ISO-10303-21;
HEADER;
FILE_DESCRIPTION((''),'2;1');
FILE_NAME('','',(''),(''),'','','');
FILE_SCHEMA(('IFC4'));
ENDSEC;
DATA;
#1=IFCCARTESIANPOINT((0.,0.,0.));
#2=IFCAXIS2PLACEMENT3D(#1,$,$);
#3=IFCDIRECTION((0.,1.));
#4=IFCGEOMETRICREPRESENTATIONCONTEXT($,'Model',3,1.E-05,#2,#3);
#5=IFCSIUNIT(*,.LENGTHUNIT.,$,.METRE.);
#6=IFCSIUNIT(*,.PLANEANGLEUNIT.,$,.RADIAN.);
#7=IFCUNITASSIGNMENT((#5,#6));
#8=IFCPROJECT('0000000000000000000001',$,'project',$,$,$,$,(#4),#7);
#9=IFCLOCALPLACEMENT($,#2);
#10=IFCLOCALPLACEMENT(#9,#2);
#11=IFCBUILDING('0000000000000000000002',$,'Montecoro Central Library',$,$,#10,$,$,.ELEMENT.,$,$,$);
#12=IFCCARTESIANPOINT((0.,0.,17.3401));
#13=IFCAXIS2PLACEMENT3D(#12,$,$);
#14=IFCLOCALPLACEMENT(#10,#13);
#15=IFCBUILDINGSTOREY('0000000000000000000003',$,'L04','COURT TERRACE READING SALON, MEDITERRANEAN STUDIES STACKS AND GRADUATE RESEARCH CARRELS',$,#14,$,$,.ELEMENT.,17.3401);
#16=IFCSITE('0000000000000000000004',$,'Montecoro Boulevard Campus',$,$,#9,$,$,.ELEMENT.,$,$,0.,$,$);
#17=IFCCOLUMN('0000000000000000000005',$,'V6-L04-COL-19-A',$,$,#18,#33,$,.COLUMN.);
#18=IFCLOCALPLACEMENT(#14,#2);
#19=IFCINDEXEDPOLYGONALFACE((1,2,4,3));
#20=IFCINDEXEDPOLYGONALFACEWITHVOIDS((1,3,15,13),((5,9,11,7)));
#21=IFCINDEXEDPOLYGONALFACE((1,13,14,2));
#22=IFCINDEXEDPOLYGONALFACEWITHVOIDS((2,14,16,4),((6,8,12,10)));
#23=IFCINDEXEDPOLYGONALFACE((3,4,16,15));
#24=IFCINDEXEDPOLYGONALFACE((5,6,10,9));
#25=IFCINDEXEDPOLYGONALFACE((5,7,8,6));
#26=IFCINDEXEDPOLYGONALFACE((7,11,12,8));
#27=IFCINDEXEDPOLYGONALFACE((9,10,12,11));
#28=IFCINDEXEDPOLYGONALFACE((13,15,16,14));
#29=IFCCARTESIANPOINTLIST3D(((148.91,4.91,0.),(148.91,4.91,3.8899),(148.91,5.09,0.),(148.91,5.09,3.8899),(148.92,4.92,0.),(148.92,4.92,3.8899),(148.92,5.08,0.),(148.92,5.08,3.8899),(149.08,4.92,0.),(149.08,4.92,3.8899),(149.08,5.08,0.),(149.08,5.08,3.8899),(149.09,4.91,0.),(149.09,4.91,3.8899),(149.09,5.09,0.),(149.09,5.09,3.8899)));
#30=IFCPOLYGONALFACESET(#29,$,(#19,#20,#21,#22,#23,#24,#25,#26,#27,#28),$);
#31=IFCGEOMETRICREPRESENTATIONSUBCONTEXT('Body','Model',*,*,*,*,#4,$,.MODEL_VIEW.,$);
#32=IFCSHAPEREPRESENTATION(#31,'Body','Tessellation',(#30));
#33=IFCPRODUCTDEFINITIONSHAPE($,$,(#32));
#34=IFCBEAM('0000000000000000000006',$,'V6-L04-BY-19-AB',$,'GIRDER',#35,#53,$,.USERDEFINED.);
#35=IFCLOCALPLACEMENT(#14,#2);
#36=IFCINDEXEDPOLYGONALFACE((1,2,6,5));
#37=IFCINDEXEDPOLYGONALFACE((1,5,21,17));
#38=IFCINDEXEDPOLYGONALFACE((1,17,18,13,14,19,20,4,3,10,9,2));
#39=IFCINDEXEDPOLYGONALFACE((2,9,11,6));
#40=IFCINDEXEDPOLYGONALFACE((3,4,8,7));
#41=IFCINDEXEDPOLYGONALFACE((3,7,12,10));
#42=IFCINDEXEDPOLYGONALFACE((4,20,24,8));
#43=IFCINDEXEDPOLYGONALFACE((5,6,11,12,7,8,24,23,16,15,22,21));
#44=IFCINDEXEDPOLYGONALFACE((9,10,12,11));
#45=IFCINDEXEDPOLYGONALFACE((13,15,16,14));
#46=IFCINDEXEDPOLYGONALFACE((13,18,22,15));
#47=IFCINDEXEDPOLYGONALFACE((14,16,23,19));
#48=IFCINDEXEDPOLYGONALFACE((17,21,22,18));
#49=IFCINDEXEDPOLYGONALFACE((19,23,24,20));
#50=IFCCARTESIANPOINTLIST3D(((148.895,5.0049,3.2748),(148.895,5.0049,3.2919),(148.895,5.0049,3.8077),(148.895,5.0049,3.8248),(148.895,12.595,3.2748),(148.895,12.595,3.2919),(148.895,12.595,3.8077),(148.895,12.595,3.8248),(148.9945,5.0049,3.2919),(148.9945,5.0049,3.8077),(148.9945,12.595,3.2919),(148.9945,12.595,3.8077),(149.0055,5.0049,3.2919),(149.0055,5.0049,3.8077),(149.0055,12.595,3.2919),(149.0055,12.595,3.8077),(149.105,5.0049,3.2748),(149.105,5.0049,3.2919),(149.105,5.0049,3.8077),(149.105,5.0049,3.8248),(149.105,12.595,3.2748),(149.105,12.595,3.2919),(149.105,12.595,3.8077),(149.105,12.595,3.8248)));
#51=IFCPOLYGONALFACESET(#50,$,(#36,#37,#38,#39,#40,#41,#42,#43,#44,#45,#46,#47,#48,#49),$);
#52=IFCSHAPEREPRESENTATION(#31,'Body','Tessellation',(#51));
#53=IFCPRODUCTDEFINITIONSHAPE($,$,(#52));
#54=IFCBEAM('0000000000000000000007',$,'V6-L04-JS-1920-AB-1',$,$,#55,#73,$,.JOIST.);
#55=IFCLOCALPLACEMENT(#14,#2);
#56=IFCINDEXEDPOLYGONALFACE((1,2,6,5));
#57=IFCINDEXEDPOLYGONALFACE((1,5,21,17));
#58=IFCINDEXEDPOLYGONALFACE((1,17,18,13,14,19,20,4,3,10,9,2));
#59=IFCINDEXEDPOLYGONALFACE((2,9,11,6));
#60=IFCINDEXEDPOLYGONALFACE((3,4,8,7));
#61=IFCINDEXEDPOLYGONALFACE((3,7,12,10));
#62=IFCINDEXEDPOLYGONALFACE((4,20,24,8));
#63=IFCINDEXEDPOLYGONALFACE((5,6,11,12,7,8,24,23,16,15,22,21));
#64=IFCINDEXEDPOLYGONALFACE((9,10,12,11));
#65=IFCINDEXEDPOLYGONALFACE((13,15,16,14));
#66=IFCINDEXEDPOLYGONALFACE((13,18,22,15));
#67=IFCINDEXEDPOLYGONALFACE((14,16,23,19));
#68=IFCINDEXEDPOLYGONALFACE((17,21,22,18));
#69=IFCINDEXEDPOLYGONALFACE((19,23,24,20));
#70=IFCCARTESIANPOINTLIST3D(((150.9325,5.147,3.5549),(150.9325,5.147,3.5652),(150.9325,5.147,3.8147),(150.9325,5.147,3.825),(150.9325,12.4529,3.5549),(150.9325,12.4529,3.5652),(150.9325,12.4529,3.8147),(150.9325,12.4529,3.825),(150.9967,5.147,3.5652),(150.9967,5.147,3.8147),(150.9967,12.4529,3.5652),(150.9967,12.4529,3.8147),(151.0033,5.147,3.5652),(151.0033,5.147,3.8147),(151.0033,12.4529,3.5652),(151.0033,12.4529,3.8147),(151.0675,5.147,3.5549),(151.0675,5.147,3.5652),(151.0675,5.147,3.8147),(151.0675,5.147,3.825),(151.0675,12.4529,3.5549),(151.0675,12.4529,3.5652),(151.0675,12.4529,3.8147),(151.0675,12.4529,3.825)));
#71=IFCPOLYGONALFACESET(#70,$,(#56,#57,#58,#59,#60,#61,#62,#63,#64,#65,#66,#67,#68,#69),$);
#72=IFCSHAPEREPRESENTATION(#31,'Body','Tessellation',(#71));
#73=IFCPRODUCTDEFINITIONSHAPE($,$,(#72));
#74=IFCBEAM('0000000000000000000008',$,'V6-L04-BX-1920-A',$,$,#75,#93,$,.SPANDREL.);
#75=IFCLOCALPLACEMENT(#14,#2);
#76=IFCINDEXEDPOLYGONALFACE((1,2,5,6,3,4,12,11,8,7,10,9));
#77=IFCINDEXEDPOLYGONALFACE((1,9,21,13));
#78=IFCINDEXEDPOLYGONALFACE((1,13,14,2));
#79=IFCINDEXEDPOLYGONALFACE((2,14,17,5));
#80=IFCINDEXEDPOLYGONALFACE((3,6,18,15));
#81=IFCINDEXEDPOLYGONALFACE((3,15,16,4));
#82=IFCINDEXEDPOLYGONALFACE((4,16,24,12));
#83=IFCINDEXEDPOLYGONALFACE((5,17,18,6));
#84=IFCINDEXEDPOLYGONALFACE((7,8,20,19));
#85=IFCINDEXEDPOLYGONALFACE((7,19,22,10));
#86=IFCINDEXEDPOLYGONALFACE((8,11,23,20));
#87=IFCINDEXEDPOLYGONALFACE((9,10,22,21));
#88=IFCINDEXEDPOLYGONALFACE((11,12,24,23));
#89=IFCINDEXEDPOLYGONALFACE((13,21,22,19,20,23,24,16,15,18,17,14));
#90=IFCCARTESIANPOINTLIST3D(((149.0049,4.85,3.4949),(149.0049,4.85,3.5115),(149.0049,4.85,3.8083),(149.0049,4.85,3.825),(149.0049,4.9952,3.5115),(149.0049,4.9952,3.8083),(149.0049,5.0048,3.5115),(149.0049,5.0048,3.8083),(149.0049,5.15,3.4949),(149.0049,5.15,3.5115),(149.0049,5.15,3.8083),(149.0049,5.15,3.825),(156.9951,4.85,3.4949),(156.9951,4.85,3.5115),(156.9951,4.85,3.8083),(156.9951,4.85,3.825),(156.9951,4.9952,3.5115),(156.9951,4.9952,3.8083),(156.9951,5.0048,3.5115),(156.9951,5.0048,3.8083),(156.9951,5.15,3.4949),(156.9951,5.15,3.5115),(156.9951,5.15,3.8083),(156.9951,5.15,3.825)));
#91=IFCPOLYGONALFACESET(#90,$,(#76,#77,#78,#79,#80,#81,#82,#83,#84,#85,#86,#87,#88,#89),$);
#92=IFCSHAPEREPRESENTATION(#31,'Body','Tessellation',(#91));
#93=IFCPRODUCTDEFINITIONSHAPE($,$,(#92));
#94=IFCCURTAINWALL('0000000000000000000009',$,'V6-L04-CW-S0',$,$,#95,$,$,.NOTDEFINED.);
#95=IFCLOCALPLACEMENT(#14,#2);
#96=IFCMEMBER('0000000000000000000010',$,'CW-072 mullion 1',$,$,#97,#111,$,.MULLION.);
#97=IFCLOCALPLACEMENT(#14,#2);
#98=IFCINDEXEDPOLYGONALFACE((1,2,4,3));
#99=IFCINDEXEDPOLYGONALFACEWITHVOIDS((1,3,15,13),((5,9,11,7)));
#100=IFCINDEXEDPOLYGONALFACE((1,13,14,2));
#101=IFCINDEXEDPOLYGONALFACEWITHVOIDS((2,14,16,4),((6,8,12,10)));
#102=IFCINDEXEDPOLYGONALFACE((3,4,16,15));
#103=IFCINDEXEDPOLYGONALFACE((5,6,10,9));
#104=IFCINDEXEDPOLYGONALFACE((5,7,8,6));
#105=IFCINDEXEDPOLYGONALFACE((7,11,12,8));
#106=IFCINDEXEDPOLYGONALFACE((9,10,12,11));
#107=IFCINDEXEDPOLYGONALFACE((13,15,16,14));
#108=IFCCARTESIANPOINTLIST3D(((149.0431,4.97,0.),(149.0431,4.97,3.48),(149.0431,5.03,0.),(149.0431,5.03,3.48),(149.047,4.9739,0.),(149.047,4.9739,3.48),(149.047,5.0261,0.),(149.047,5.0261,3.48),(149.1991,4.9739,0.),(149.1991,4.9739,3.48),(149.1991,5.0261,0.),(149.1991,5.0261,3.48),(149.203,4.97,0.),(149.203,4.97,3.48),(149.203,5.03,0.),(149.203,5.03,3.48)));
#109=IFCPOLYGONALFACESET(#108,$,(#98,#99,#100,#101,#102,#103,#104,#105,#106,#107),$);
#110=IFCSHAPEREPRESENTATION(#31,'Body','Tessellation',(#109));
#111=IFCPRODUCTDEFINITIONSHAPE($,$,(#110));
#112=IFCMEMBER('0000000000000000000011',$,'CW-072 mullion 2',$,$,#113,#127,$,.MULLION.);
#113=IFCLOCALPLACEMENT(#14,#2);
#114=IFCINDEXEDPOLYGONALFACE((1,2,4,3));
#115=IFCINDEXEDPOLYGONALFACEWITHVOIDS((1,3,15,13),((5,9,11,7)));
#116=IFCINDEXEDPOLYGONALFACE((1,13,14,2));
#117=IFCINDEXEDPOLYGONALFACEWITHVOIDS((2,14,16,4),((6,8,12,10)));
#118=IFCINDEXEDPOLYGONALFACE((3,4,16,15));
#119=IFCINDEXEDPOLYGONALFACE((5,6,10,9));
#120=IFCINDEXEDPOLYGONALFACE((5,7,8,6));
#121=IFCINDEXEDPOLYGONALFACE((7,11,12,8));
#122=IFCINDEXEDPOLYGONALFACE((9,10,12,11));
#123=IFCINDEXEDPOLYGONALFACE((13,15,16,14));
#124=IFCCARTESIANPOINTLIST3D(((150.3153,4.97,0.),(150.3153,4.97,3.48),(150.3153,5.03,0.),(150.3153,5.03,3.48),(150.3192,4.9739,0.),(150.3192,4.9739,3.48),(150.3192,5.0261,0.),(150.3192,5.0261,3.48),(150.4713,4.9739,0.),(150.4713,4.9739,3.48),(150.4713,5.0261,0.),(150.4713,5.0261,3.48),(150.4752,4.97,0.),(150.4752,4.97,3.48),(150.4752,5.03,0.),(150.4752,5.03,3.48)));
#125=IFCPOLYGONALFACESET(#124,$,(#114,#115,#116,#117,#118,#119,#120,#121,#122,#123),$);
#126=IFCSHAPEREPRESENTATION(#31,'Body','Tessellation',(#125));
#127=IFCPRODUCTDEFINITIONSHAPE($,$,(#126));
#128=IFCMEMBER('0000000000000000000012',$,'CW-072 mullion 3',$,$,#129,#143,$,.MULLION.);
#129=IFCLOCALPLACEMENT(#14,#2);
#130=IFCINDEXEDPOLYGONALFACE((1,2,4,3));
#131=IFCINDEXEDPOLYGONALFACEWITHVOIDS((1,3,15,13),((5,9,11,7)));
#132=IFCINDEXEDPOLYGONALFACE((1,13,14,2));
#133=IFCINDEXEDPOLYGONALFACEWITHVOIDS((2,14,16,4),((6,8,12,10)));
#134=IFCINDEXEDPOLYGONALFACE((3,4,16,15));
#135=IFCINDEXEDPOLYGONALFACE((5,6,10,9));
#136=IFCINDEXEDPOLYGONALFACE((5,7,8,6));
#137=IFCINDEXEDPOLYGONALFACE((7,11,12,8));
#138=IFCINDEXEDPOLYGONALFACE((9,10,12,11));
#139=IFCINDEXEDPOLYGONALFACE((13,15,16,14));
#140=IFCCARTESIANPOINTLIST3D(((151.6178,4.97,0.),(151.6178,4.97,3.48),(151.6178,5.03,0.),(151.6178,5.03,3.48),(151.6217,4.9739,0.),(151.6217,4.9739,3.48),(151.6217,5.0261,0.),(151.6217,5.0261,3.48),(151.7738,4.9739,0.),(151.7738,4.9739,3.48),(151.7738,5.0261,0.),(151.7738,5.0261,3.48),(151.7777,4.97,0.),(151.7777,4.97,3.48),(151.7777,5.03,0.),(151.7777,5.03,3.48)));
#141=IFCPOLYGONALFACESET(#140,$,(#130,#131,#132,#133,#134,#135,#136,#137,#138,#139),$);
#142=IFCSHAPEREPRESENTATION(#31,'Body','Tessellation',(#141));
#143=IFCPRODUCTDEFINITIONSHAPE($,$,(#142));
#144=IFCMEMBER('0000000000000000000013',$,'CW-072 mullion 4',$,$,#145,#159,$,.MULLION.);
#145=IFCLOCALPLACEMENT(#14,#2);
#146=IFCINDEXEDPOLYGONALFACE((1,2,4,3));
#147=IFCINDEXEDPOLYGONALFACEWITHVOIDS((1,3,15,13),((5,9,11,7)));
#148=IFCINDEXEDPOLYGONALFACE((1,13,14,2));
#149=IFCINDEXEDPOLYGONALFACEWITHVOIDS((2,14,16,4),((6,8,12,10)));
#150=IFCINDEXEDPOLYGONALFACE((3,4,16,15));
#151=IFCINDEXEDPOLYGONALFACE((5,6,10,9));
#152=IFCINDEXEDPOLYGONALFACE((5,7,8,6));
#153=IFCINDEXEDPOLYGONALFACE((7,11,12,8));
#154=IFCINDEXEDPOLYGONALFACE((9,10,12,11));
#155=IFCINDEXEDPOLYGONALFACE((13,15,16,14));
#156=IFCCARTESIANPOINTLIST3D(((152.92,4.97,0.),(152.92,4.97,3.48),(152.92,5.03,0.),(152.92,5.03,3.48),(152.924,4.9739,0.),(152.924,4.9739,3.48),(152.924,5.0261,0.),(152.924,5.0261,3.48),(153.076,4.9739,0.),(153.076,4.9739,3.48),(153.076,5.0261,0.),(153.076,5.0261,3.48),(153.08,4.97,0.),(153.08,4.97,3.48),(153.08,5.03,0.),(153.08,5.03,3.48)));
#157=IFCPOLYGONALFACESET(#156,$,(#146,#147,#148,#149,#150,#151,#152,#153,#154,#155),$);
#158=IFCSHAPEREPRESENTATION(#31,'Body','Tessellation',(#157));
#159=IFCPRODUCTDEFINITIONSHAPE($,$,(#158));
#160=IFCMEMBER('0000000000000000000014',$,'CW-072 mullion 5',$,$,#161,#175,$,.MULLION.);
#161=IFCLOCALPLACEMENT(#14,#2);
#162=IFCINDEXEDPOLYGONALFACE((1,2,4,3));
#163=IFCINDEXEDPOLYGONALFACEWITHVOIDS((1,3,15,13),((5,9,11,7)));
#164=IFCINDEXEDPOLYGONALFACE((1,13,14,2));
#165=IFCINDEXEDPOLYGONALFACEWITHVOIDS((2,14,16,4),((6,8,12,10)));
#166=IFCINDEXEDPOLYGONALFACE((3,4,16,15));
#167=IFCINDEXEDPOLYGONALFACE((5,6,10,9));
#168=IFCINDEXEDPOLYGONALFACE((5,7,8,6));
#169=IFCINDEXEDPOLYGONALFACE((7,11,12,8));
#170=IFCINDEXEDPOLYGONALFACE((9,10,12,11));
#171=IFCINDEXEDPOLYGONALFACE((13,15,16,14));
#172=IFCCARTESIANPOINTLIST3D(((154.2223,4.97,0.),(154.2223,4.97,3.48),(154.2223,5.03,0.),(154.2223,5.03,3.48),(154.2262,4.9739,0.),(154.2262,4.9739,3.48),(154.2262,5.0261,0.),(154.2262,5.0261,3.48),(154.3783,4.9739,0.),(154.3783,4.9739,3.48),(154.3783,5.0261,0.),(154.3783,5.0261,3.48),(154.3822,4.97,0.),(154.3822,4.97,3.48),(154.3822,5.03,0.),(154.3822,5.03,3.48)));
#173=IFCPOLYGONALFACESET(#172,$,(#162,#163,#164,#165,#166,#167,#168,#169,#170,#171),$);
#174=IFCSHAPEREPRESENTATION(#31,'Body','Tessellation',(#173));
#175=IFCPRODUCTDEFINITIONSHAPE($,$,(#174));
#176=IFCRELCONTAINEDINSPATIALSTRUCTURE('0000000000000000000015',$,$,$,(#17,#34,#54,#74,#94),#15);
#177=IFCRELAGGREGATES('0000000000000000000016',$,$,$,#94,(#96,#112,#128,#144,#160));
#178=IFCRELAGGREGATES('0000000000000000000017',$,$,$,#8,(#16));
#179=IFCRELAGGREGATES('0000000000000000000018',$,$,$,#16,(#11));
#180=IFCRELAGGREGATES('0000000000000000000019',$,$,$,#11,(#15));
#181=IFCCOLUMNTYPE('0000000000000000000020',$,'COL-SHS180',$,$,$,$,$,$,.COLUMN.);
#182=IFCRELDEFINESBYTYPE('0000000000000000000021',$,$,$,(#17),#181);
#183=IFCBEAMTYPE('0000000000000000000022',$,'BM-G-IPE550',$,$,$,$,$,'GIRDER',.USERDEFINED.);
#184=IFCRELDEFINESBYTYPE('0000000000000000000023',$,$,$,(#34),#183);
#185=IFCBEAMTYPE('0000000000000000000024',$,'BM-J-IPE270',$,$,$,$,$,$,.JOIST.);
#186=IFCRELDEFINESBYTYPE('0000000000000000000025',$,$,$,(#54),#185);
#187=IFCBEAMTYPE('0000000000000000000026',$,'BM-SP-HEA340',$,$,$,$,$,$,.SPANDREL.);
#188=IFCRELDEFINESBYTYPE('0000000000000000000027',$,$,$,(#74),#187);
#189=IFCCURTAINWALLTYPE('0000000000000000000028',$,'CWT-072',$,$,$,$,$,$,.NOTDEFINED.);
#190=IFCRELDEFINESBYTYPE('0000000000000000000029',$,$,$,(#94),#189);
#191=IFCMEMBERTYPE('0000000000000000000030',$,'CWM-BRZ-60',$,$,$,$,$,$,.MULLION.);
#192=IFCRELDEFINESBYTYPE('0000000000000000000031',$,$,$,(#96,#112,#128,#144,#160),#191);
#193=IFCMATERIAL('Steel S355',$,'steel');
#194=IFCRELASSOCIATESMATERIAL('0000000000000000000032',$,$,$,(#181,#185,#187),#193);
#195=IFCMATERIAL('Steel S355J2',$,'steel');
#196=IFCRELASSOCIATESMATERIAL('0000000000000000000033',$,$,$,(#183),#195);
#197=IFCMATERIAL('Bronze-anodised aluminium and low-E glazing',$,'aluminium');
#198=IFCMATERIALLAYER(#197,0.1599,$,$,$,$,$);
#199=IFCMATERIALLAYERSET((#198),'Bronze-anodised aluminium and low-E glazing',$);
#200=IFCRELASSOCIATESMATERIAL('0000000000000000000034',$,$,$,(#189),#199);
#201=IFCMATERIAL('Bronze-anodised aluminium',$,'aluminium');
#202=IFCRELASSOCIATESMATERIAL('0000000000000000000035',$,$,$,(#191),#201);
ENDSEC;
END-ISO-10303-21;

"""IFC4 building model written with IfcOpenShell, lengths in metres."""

from ifc_helpers import new_model, si_unit, direction, frame, origin, origin_2d, place, context, subcontext, project, spatial, hollow_rectangle, i_section, extrude, material, layer, layer_set, material_profile, profile_set, type_object, element, aggregate, save


model = new_model("IFC4")

# Units and contexts
model_context = context("Model", 3, precision=1e-05, world=origin(), true_north=direction((0.0, 1.0)))
body_context = subcontext(model_context, "Body", "Model", "MODEL_VIEW")
ifc_project = project(units=[si_unit("LENGTHUNIT", "METRE"), si_unit("PLANEANGLEUNIT", "RADIAN")], contexts=[model_context])

# Site, building, storey
site_placement = place(None, origin())
site = spatial("IfcSite", under=ifc_project, at=site_placement, Name="Montecoro Boulevard Campus", CompositionType="ELEMENT", RefElevation=0.0)
building_placement = place(site_placement, origin())
building = spatial("IfcBuilding", under=site, at=building_placement, Name="Montecoro Central Library", CompositionType="ELEMENT")
storey_placement = place(building_placement, frame((0.0, 0.0, 17.3401)))
storey = spatial("IfcBuildingStorey", under=building, at=storey_placement, Name="L04", Description="COURT TERRACE READING SALON, MEDITERRANEAN STUDIES STACKS AND GRADUATE RESEARCH CARRELS", CompositionType="ELEMENT", Elevation=17.3401)

# Column
ifc_material_1 = material(Name="Steel S355", Category="steel")
ifc_material_profile_1 = material_profile(ifc_material_1, hollow_rectangle(XDim=0.1799, YDim=0.1799, WallThickness=0.01, at=origin_2d()), Name="SHS 180x180x10.0")
ifc_profile_set_1 = profile_set([ifc_material_profile_1], Name="Steel S355")
column_type = type_object("IfcColumnType", Name="COL-SHS180", PredefinedType="COLUMN", material=ifc_profile_set_1)
column_placement = place(storey_placement, frame((149.0, 5.0, 0.0), z_axis=(0.0, 0.0, 1.0), x_axis=(1.0, 0.0, 0.0)))
element("IfcColumn", 1, at=column_placement, inside=storey, type_object=column_type, Name="V6-L04-COL-19-A", PredefinedType="COLUMN", context=body_context, shape_type="SweptSolid", body=[
    extrude(hollow_rectangle(XDim=0.1799, YDim=0.1799, WallThickness=0.01, at=origin_2d()), origin(), (0.0, 0.0, 1.0), 3.8899),
])

# Beams
ifc_material_2 = material(Name="Steel S355J2", Category="steel")
ifc_material_profile_2 = material_profile(ifc_material_2, i_section(OverallWidth=0.21, OverallDepth=0.55, WebThickness=0.011, FlangeThickness=0.0171, at=origin_2d()), Name="IPE 550")
ifc_profile_set_2 = profile_set([ifc_material_profile_2], Name="Steel S355J2")
beam_type_1 = type_object("IfcBeamType", Name="BM-G-IPE550", ElementType="GIRDER", PredefinedType="USERDEFINED", material=ifc_profile_set_2)
beam_1_placement = place(storey_placement, frame((149.0, 5.0049, 3.5498), z_axis=(0.0, 1.0, 0.0), x_axis=(-1.0, 0.0, 0.0)))
element("IfcBeam", 2, at=beam_1_placement, inside=storey, type_object=beam_type_1, Name="V6-L04-BY-19-AB", ObjectType="GIRDER", PredefinedType="USERDEFINED", context=body_context, shape_type="SweptSolid", body=[
    extrude(i_section(OverallWidth=0.21, OverallDepth=0.55, WebThickness=0.011, FlangeThickness=0.0171, at=origin_2d()), origin(), (0.0, 0.0, 1.0), 7.5901),
])
ifc_material_profile_3 = material_profile(ifc_material_1, i_section(OverallWidth=0.135, OverallDepth=0.27, WebThickness=0.0066, FlangeThickness=0.0103, at=origin_2d()), Name="IPE 270")
ifc_profile_set_3 = profile_set([ifc_material_profile_3], Name="Steel S355")
beam_type_2 = type_object("IfcBeamType", Name="BM-J-IPE270", PredefinedType="JOIST", material=ifc_profile_set_3)
beam_2_placement = place(storey_placement, frame((151.0, 5.147, 3.6899), z_axis=(0.0, 1.0, 0.0), x_axis=(-1.0, 0.0, 0.0)))
element("IfcBeam", 3, at=beam_2_placement, inside=storey, type_object=beam_type_2, Name="V6-L04-JS-1920-AB-1", PredefinedType="JOIST", context=body_context, shape_type="SweptSolid", body=[
    extrude(i_section(OverallWidth=0.135, OverallDepth=0.27, WebThickness=0.0066, FlangeThickness=0.0103, at=origin_2d()), origin(), (0.0, 0.0, 1.0), 7.3059),
])
ifc_material_profile_4 = material_profile(ifc_material_1, i_section(OverallWidth=0.3, OverallDepth=0.3301, WebThickness=0.0095, FlangeThickness=0.0166, at=origin_2d()), Name="HEA 340")
ifc_profile_set_4 = profile_set([ifc_material_profile_4], Name="Steel S355")
beam_type_3 = type_object("IfcBeamType", Name="BM-SP-HEA340", PredefinedType="SPANDREL", material=ifc_profile_set_4)
beam_3_placement = place(storey_placement, frame((149.0049, 5.0, 3.6599), z_axis=(1.0, 0.0, 0.0), x_axis=(0.0, 1.0, 0.0)))
element("IfcBeam", 4, at=beam_3_placement, inside=storey, type_object=beam_type_3, Name="V6-L04-BX-1920-A", PredefinedType="SPANDREL", context=body_context, shape_type="SweptSolid", body=[
    extrude(i_section(OverallWidth=0.3, OverallDepth=0.3301, WebThickness=0.0095, FlangeThickness=0.0166, at=origin_2d()), origin(), (0.0, 0.0, 1.0), 7.9902),
])

# Curtain wall, members
ifc_material_3 = material(Name="Bronze-anodised aluminium and low-E glazing", Category="aluminium")
ifc_layer_1 = layer(ifc_material_3, 0.1599)
ifc_layer_set_1 = layer_set([ifc_layer_1], Name="Bronze-anodised aluminium and low-E glazing")
curtain_wall_type = type_object("IfcCurtainWallType", Name="CWT-072", PredefinedType="NOTDEFINED", material=ifc_layer_set_1)
curtain_wall_placement = place(storey_placement, origin())
curtain_wall = element("IfcCurtainWall", 5, at=curtain_wall_placement, inside=storey, type_object=curtain_wall_type, Name="V6-L04-CW-S0", PredefinedType="NOTDEFINED")
ifc_material_4 = material(Name="Bronze-anodised aluminium", Category="aluminium")
ifc_material_profile_5 = material_profile(ifc_material_4, hollow_rectangle(XDim=0.0601, YDim=0.1599, WallThickness=0.0039, at=origin_2d()), Name="CWM 160x60x4.0")
ifc_profile_set_5 = profile_set([ifc_material_profile_5], Name="Bronze-anodised aluminium")
member_type_1 = type_object("IfcMemberType", Name="CWM-BRZ-60", PredefinedType="MULLION", material=ifc_profile_set_5)
member_1_placement = place(storey_placement, frame((149.123, 5.0, 0.0), z_axis=(0.0, 0.0, 1.0), x_axis=(0.0, 1.0, 0.0)))
member_1 = element("IfcMember", 6, at=member_1_placement, type_object=member_type_1, Name="CW-072 mullion 1", PredefinedType="MULLION", context=body_context, shape_type="SweptSolid", body=[
    extrude(hollow_rectangle(XDim=0.0601, YDim=0.1599, WallThickness=0.0039, at=origin_2d()), origin(), (0.0, 0.0, 1.0), 3.48),
])
member_2_placement = place(storey_placement, frame((150.3953, 5.0, 0.0), z_axis=(0.0, 0.0, 1.0), x_axis=(0.0, 1.0, 0.0)))
member_2 = element("IfcMember", 7, at=member_2_placement, type_object=member_type_1, Name="CW-072 mullion 2", PredefinedType="MULLION", context=body_context, shape_type="SweptSolid", body=[
    extrude(hollow_rectangle(XDim=0.0601, YDim=0.1599, WallThickness=0.0039, at=origin_2d()), origin(), (0.0, 0.0, 1.0), 3.48),
])
member_3_placement = place(storey_placement, frame((151.6978, 5.0, 0.0), z_axis=(0.0, 0.0, 1.0), x_axis=(0.0, 1.0, 0.0)))
member_3 = element("IfcMember", 8, at=member_3_placement, type_object=member_type_1, Name="CW-072 mullion 3", PredefinedType="MULLION", context=body_context, shape_type="SweptSolid", body=[
    extrude(hollow_rectangle(XDim=0.0601, YDim=0.1599, WallThickness=0.0039, at=origin_2d()), origin(), (0.0, 0.0, 1.0), 3.48),
])
member_4_placement = place(storey_placement, frame((153.0, 5.0, 0.0), z_axis=(0.0, 0.0, 1.0), x_axis=(0.0, 1.0, 0.0)))
member_4 = element("IfcMember", 9, at=member_4_placement, type_object=member_type_1, Name="CW-072 mullion 4", PredefinedType="MULLION", context=body_context, shape_type="SweptSolid", body=[
    extrude(hollow_rectangle(XDim=0.0601, YDim=0.1599, WallThickness=0.0039, at=origin_2d()), origin(), (0.0, 0.0, 1.0), 3.48),
])
member_5_placement = place(storey_placement, frame((154.3022, 5.0, 0.0), z_axis=(0.0, 0.0, 1.0), x_axis=(0.0, 1.0, 0.0)))
member_5 = element("IfcMember", 10, at=member_5_placement, type_object=member_type_1, Name="CW-072 mullion 5", PredefinedType="MULLION", context=body_context, shape_type="SweptSolid", body=[
    extrude(hollow_rectangle(XDim=0.0601, YDim=0.1599, WallThickness=0.0039, at=origin_2d()), origin(), (0.0, 0.0, 1.0), 3.48),
])
aggregate(curtain_wall, [member_1, member_2, member_3, member_4, member_5])

save(model, "model.ifc")
